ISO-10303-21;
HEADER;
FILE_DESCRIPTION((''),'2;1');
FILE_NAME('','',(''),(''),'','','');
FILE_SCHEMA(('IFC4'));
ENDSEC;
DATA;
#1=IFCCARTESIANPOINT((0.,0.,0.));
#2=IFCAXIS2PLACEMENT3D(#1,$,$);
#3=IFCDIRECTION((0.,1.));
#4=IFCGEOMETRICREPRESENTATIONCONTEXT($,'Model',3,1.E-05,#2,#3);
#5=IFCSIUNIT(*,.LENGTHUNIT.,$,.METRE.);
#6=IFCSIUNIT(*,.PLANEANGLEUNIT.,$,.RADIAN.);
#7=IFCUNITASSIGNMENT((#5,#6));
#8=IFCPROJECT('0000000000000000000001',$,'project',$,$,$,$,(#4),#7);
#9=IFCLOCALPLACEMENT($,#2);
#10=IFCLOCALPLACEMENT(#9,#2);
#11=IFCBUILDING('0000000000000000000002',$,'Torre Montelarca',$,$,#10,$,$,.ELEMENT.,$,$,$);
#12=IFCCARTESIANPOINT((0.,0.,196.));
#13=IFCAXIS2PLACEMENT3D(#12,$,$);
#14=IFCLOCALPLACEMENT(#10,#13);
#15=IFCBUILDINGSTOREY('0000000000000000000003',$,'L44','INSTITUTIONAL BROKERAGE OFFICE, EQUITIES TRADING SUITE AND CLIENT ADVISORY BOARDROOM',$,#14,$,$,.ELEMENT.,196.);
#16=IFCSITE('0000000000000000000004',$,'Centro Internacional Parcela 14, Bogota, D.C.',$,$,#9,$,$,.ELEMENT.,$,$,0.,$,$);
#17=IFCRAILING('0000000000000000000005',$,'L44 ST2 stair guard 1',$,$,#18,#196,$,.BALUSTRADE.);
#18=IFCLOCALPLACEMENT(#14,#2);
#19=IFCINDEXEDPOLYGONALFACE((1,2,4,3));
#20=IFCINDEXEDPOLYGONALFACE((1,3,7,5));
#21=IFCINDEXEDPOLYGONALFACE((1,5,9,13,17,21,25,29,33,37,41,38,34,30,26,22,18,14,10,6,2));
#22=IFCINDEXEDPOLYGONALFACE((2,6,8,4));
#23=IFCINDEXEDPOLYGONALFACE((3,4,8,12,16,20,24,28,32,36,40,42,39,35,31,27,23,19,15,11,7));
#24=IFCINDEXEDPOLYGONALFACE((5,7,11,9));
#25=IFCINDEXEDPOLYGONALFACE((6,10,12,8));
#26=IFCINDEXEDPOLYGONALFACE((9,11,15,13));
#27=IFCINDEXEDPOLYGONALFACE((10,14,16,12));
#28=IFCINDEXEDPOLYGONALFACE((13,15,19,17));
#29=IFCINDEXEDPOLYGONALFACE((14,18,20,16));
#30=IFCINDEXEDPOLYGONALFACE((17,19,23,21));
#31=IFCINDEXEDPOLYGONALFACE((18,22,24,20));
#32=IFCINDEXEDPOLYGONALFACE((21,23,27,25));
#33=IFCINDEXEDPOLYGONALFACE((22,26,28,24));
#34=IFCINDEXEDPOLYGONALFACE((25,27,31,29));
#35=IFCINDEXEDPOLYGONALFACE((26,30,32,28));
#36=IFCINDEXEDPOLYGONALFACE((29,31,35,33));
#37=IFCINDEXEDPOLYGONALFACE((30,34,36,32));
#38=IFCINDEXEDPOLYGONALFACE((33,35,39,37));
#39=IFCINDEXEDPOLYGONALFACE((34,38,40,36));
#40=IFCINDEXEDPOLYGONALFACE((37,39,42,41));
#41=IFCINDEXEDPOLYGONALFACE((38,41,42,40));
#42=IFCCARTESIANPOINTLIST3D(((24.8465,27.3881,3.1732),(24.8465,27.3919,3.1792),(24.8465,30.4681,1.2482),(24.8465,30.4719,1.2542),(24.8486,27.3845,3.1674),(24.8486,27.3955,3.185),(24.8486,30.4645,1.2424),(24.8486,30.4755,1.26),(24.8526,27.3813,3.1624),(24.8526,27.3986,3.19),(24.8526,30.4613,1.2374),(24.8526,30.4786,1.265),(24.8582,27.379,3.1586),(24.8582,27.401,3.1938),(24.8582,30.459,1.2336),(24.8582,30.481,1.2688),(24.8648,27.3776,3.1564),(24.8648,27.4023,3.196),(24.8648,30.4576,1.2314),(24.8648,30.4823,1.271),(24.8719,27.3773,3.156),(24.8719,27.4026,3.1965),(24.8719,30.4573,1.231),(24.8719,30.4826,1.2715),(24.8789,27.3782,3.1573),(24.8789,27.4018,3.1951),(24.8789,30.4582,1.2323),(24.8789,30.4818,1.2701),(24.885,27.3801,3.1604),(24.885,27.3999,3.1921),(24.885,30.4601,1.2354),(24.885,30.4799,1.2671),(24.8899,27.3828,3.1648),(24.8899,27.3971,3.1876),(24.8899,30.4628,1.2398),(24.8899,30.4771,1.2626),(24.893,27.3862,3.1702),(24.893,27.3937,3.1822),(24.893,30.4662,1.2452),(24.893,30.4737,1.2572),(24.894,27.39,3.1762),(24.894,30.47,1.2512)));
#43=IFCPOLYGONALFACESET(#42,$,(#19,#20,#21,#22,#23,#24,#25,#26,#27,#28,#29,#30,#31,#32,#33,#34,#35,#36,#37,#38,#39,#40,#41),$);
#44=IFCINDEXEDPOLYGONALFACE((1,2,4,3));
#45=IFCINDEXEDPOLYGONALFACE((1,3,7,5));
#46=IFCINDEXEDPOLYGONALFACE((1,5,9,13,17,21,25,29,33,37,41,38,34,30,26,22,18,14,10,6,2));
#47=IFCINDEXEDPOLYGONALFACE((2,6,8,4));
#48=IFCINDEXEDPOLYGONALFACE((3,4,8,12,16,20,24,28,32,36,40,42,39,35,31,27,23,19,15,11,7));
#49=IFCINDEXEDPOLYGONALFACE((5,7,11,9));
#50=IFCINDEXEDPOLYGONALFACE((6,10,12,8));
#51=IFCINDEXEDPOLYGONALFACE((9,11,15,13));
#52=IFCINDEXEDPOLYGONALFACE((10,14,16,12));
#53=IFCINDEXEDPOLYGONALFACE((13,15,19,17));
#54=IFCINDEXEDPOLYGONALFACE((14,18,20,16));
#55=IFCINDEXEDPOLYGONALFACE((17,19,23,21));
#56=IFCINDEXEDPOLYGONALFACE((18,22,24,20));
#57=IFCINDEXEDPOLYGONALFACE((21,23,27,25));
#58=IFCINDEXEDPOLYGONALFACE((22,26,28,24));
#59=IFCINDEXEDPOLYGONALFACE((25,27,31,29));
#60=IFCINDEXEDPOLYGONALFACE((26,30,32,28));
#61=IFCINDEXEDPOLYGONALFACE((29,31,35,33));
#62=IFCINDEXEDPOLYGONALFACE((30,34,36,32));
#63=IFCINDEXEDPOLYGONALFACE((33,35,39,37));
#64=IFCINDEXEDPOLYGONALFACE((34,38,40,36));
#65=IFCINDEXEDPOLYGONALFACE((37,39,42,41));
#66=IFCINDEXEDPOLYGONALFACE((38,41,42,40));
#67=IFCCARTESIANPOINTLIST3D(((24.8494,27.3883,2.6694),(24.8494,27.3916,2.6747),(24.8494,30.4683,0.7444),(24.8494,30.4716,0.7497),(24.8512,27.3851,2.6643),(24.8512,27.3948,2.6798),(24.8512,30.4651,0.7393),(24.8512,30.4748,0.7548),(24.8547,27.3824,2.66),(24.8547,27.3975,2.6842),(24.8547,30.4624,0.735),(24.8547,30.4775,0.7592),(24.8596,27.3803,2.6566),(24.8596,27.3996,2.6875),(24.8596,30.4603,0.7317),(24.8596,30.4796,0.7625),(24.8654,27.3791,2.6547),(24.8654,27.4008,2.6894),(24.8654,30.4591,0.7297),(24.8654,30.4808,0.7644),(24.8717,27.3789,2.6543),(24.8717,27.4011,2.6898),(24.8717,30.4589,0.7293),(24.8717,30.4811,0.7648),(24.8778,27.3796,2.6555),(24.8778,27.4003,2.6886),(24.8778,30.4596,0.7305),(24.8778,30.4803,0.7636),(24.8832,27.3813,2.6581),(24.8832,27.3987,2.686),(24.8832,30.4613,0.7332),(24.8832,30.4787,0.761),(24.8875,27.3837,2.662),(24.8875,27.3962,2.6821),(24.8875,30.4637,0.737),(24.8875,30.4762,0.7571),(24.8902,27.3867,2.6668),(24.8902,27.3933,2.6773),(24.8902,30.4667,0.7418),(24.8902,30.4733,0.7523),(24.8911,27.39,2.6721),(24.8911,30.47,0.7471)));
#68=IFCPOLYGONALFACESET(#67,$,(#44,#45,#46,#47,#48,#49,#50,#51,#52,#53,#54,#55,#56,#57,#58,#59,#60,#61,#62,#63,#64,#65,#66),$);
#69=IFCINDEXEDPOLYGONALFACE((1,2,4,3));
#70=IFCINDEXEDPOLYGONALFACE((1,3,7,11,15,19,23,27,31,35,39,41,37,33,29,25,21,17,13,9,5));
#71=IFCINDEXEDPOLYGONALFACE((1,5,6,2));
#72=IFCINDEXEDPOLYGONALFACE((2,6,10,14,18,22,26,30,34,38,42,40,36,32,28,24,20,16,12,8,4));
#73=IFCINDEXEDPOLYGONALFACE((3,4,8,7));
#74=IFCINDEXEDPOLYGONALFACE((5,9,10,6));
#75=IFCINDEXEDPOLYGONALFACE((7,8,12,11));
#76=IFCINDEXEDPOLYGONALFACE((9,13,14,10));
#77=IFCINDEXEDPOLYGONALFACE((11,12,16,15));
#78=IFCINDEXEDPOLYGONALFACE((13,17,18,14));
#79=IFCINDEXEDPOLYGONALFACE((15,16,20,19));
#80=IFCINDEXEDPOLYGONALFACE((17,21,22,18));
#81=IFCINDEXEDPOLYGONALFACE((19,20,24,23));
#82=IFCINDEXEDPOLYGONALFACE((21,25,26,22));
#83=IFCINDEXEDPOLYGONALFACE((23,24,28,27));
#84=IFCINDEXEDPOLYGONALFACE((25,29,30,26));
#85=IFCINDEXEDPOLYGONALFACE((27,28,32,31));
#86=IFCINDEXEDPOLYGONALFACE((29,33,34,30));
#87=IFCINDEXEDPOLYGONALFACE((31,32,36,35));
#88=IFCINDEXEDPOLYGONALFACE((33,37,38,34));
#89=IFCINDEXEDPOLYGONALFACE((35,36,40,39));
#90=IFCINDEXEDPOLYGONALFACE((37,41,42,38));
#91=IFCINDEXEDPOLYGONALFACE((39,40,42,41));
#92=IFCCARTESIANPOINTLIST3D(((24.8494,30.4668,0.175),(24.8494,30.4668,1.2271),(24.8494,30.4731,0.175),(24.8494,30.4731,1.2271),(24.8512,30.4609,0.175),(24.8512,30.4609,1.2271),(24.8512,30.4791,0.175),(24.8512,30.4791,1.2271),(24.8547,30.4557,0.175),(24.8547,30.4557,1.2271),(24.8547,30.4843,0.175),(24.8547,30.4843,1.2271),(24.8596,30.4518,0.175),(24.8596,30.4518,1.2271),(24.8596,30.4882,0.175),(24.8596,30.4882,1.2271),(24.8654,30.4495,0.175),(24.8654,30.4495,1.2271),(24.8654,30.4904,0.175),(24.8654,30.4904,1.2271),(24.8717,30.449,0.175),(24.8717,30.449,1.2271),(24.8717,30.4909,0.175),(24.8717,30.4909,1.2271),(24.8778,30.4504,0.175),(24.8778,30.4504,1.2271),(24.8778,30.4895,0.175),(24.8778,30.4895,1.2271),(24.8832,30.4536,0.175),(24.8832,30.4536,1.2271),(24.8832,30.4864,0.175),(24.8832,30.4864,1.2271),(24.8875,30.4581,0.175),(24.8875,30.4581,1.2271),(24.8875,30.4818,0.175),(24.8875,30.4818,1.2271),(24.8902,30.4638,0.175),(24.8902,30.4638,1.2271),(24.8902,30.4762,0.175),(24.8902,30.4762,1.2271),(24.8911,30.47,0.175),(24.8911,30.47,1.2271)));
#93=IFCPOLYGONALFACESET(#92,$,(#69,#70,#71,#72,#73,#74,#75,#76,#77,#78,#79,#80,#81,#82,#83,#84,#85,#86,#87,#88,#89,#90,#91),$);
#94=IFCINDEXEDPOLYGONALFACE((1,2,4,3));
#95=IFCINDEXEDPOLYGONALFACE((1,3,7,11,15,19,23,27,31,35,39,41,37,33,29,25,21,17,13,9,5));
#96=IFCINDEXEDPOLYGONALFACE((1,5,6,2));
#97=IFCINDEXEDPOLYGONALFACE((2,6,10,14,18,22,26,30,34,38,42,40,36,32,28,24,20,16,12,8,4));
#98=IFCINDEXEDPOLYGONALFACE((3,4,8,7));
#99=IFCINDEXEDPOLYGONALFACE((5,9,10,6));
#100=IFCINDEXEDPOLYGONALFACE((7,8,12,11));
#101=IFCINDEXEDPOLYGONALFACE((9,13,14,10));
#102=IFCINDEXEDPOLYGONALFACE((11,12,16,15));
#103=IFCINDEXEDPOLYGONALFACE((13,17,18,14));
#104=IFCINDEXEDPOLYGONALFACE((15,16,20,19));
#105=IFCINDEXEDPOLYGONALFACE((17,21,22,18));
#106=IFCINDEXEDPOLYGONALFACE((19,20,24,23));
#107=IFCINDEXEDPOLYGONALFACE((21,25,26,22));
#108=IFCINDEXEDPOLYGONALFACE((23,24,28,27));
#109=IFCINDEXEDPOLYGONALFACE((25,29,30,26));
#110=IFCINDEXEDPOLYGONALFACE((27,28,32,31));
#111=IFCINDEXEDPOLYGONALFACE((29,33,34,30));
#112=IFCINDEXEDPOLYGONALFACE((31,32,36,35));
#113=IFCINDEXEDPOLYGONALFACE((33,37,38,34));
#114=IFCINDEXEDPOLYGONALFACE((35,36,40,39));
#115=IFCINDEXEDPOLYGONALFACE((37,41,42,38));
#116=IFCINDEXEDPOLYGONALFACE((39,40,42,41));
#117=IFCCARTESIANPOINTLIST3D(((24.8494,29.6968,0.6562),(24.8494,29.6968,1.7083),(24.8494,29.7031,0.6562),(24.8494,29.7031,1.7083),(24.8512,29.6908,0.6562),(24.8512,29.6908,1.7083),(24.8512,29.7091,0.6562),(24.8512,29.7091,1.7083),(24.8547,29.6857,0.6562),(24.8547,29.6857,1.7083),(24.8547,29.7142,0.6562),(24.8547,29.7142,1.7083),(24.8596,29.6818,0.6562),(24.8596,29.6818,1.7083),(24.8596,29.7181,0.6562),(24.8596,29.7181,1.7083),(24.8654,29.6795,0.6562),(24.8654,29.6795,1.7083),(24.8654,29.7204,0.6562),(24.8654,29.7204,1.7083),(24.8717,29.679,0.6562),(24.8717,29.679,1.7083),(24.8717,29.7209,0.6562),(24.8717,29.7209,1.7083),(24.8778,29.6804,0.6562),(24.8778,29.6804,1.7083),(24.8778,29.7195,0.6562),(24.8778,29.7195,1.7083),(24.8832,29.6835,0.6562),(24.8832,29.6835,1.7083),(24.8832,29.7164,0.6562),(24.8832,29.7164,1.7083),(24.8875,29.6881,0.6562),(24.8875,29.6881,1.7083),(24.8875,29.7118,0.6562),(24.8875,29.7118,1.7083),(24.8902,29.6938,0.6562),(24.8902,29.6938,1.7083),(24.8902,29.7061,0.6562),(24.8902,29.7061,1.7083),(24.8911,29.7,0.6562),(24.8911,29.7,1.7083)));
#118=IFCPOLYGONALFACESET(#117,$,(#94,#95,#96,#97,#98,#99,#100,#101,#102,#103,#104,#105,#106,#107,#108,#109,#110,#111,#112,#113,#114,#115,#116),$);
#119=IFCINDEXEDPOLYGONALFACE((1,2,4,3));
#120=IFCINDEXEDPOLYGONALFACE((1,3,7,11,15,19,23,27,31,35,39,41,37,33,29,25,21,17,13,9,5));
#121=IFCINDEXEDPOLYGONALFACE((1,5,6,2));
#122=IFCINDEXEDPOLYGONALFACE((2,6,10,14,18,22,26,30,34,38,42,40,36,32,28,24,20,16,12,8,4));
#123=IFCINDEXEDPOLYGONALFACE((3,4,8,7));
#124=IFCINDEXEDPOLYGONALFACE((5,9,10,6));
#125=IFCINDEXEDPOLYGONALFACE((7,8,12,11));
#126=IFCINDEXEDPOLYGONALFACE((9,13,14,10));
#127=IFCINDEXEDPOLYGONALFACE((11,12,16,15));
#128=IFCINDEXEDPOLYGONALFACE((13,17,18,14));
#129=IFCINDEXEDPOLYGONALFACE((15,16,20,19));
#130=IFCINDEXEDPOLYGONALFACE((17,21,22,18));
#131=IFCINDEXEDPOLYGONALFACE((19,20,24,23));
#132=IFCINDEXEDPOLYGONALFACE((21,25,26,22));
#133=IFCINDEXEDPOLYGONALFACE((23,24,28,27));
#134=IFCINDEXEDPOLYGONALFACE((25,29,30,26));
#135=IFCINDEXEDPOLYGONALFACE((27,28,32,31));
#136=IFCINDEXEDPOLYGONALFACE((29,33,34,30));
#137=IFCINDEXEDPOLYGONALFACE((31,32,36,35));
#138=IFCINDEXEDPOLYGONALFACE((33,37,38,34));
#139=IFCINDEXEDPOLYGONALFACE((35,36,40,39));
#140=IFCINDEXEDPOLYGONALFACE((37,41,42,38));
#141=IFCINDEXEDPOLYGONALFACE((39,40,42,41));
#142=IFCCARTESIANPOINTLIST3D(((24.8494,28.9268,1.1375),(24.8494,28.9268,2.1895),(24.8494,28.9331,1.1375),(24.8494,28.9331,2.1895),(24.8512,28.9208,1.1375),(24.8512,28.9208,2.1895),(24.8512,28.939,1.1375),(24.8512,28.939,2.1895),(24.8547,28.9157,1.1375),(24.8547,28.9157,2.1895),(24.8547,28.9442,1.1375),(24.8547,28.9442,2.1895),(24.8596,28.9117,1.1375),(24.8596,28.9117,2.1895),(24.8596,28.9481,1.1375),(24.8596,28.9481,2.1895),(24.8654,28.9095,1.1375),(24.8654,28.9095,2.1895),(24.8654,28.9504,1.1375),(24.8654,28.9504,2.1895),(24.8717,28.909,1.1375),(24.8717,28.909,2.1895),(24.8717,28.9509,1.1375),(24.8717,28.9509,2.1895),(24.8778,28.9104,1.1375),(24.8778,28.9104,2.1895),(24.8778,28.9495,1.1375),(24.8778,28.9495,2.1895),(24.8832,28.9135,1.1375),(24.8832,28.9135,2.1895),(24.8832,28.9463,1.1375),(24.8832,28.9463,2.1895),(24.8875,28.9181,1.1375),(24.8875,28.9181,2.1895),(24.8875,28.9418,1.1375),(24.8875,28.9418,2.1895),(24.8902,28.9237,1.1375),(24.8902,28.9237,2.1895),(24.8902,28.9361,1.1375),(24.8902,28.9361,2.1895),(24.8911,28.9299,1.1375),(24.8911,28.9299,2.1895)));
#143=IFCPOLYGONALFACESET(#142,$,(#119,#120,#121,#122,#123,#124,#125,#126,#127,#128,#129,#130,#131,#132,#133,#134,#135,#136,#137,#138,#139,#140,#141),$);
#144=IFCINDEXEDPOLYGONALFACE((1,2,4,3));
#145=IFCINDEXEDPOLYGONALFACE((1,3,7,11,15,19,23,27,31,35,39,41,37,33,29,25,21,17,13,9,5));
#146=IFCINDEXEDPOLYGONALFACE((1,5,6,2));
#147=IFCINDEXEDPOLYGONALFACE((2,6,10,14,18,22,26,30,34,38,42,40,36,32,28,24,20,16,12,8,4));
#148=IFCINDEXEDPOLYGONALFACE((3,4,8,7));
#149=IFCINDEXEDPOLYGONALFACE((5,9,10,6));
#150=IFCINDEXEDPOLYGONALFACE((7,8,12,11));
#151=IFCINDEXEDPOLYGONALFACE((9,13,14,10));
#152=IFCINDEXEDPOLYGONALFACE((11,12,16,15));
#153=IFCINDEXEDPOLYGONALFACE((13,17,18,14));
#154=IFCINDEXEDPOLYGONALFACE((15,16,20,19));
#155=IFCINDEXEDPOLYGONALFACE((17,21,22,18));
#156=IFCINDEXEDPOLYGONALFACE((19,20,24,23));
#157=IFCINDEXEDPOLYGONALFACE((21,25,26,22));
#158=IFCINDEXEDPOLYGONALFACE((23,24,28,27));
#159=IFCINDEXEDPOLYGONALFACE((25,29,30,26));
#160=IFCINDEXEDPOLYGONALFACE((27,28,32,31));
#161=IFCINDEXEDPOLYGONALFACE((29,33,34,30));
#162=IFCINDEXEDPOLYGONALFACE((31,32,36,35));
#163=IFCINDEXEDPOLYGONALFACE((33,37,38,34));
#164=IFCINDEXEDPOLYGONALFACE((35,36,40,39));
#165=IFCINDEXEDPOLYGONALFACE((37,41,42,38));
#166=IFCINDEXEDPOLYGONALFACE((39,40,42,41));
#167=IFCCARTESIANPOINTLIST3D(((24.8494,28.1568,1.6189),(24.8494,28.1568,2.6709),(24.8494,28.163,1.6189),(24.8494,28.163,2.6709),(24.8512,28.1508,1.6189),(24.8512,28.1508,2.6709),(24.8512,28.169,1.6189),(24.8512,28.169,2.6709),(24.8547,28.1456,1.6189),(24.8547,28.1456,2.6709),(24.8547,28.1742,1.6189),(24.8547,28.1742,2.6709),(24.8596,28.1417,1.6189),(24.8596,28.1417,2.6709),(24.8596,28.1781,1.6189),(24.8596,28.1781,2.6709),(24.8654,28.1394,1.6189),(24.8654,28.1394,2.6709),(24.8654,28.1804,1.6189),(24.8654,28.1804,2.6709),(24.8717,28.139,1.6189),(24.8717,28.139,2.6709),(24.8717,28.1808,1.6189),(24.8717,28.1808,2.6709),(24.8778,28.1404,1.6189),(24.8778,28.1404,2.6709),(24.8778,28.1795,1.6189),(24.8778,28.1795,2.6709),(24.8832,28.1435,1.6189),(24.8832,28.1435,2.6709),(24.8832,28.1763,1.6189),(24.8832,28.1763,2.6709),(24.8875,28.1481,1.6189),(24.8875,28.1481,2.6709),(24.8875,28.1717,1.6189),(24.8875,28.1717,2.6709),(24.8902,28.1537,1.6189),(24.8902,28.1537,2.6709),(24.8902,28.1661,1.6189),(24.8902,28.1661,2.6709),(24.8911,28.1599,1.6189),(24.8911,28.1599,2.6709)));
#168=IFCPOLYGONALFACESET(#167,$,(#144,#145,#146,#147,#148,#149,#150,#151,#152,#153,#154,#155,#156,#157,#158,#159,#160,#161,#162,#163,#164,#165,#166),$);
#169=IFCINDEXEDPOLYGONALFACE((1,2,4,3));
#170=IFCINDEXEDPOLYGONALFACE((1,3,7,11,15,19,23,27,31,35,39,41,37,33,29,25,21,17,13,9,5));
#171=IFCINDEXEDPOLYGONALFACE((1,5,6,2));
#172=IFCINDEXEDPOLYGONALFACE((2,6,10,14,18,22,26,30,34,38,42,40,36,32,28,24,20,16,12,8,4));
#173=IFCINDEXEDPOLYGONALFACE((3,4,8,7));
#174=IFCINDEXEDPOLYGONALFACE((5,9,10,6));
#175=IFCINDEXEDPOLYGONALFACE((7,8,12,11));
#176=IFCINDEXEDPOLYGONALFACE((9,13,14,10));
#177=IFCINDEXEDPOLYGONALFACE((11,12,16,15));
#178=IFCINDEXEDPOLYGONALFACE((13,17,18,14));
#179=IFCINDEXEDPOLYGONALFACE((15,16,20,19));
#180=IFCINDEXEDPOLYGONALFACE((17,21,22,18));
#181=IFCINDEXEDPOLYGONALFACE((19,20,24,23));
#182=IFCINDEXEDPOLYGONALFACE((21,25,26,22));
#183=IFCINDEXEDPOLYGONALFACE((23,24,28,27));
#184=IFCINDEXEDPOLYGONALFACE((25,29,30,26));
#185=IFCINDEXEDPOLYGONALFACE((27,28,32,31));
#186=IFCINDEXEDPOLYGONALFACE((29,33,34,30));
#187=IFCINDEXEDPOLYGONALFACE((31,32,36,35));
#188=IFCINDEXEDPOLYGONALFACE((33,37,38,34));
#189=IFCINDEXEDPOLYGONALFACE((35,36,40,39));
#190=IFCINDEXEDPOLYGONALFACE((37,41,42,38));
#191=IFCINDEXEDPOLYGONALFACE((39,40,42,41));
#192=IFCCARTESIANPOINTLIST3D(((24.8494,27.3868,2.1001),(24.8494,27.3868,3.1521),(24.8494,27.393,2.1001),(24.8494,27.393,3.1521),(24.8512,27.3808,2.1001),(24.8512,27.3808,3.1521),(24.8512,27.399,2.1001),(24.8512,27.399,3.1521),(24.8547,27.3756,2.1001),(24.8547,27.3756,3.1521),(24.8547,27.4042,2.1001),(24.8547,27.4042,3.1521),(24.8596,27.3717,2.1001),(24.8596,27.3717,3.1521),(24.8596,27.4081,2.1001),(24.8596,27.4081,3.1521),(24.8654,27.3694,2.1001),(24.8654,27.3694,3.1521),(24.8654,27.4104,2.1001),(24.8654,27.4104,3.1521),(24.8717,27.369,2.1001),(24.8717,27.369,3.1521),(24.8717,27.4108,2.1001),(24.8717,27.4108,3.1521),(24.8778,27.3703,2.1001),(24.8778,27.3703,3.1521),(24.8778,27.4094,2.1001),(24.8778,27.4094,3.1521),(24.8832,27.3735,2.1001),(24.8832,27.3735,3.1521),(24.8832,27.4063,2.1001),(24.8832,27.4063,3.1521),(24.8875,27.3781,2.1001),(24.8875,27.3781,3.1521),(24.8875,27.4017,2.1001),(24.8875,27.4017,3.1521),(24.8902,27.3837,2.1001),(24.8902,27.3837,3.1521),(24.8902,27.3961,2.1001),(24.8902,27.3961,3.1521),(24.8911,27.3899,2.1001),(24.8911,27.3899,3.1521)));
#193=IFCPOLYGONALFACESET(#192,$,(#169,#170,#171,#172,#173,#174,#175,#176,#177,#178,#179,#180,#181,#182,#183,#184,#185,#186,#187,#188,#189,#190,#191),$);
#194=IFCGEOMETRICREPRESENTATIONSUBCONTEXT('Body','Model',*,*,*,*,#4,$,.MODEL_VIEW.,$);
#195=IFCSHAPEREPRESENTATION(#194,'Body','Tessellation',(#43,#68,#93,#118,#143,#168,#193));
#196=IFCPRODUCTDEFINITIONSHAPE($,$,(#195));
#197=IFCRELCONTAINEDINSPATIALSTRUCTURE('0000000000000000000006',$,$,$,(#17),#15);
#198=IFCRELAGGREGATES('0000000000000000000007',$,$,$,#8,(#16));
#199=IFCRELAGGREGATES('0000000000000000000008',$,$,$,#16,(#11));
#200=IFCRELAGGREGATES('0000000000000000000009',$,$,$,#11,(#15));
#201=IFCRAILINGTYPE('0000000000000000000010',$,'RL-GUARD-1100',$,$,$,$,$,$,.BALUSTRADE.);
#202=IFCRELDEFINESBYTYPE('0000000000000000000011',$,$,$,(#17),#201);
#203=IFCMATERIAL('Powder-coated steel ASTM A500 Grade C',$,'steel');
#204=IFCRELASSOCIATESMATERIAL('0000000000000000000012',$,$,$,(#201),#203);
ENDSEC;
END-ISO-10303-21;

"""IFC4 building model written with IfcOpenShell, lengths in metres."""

from ifc_helpers import new_model, si_unit, direction, frame, origin, origin_2d, place, context, subcontext, project, spatial, circle, extrude, material, type_object, element, save


model = new_model("IFC4")

# Units and contexts
model_context = context("Model", 3, precision=1e-05, world=origin(), true_north=direction((0.0, 1.0)))
body_context = subcontext(model_context, "Body", "Model", "MODEL_VIEW")
ifc_project = project(units=[si_unit("LENGTHUNIT", "METRE"), si_unit("PLANEANGLEUNIT", "RADIAN")], contexts=[model_context])

# Site, building, storey
site_placement = place(None, origin())
site = spatial("IfcSite", under=ifc_project, at=site_placement, Name="Centro Internacional Parcela 14, Bogota, D.C.", CompositionType="ELEMENT", RefElevation=0.0)
building_placement = place(site_placement, origin())
building = spatial("IfcBuilding", under=site, at=building_placement, Name="Torre Montelarca", CompositionType="ELEMENT")
storey_placement = place(building_placement, frame((0.0, 0.0, 196.0)))
storey = spatial("IfcBuildingStorey", under=building, at=storey_placement, Name="L44", Description="INSTITUTIONAL BROKERAGE OFFICE, EQUITIES TRADING SUITE AND CLIENT ADVISORY BOARDROOM", CompositionType="ELEMENT", Elevation=196.0)

# Railing
ifc_material_1 = material(Name="Powder-coated steel ASTM A500 Grade C", Category="steel")
railing_type_1 = type_object("IfcRailingType", Name="RL-GUARD-1100", PredefinedType="BALUSTRADE", material=ifc_material_1)
railing_1_placement = place(storey_placement, frame((24.8701, 30.47, 0.175)))
element("IfcRailing", 1, at=railing_1_placement, inside=storey, type_object=railing_type_1, Name="L44 ST2 stair guard 1", PredefinedType="BALUSTRADE", context=body_context, shape_type="SweptSolid", body=[
    extrude(circle(Radius=0.0239, at=origin_2d()), frame((0.0, 0.0, 1.0762), z_axis=(0.0, -0.847998, 0.529999), x_axis=(1.0, 0.0, 0.0)), (0.0, 0.0, 1.0), 3.6321),
    extrude(circle(Radius=0.021, at=origin_2d()), frame((0.0, 0.0, 0.572), z_axis=(0.0, -0.847998, 0.529999), x_axis=(1.0, 0.0, 0.0)), (0.0, 0.0, 1.0), 3.6321),
    extrude(circle(Radius=0.021, at=origin_2d()), origin(), (0.0, 0.0, 1.0), 1.052),
    extrude(circle(Radius=0.021, at=origin_2d()), frame((0.0, -0.77, 0.4812)), (0.0, 0.0, 1.0), 1.052),
    extrude(circle(Radius=0.021, at=origin_2d()), frame((0.0, -1.54, 0.9624)), (0.0, 0.0, 1.0), 1.052),
    extrude(circle(Radius=0.021, at=origin_2d()), frame((0.0, -2.3101, 1.4438)), (0.0, 0.0, 1.0), 1.052),
    extrude(circle(Radius=0.021, at=origin_2d()), frame((0.0, -3.0801, 1.925)), (0.0, 0.0, 1.0), 1.052),
])

save(model, "model.ifc")
